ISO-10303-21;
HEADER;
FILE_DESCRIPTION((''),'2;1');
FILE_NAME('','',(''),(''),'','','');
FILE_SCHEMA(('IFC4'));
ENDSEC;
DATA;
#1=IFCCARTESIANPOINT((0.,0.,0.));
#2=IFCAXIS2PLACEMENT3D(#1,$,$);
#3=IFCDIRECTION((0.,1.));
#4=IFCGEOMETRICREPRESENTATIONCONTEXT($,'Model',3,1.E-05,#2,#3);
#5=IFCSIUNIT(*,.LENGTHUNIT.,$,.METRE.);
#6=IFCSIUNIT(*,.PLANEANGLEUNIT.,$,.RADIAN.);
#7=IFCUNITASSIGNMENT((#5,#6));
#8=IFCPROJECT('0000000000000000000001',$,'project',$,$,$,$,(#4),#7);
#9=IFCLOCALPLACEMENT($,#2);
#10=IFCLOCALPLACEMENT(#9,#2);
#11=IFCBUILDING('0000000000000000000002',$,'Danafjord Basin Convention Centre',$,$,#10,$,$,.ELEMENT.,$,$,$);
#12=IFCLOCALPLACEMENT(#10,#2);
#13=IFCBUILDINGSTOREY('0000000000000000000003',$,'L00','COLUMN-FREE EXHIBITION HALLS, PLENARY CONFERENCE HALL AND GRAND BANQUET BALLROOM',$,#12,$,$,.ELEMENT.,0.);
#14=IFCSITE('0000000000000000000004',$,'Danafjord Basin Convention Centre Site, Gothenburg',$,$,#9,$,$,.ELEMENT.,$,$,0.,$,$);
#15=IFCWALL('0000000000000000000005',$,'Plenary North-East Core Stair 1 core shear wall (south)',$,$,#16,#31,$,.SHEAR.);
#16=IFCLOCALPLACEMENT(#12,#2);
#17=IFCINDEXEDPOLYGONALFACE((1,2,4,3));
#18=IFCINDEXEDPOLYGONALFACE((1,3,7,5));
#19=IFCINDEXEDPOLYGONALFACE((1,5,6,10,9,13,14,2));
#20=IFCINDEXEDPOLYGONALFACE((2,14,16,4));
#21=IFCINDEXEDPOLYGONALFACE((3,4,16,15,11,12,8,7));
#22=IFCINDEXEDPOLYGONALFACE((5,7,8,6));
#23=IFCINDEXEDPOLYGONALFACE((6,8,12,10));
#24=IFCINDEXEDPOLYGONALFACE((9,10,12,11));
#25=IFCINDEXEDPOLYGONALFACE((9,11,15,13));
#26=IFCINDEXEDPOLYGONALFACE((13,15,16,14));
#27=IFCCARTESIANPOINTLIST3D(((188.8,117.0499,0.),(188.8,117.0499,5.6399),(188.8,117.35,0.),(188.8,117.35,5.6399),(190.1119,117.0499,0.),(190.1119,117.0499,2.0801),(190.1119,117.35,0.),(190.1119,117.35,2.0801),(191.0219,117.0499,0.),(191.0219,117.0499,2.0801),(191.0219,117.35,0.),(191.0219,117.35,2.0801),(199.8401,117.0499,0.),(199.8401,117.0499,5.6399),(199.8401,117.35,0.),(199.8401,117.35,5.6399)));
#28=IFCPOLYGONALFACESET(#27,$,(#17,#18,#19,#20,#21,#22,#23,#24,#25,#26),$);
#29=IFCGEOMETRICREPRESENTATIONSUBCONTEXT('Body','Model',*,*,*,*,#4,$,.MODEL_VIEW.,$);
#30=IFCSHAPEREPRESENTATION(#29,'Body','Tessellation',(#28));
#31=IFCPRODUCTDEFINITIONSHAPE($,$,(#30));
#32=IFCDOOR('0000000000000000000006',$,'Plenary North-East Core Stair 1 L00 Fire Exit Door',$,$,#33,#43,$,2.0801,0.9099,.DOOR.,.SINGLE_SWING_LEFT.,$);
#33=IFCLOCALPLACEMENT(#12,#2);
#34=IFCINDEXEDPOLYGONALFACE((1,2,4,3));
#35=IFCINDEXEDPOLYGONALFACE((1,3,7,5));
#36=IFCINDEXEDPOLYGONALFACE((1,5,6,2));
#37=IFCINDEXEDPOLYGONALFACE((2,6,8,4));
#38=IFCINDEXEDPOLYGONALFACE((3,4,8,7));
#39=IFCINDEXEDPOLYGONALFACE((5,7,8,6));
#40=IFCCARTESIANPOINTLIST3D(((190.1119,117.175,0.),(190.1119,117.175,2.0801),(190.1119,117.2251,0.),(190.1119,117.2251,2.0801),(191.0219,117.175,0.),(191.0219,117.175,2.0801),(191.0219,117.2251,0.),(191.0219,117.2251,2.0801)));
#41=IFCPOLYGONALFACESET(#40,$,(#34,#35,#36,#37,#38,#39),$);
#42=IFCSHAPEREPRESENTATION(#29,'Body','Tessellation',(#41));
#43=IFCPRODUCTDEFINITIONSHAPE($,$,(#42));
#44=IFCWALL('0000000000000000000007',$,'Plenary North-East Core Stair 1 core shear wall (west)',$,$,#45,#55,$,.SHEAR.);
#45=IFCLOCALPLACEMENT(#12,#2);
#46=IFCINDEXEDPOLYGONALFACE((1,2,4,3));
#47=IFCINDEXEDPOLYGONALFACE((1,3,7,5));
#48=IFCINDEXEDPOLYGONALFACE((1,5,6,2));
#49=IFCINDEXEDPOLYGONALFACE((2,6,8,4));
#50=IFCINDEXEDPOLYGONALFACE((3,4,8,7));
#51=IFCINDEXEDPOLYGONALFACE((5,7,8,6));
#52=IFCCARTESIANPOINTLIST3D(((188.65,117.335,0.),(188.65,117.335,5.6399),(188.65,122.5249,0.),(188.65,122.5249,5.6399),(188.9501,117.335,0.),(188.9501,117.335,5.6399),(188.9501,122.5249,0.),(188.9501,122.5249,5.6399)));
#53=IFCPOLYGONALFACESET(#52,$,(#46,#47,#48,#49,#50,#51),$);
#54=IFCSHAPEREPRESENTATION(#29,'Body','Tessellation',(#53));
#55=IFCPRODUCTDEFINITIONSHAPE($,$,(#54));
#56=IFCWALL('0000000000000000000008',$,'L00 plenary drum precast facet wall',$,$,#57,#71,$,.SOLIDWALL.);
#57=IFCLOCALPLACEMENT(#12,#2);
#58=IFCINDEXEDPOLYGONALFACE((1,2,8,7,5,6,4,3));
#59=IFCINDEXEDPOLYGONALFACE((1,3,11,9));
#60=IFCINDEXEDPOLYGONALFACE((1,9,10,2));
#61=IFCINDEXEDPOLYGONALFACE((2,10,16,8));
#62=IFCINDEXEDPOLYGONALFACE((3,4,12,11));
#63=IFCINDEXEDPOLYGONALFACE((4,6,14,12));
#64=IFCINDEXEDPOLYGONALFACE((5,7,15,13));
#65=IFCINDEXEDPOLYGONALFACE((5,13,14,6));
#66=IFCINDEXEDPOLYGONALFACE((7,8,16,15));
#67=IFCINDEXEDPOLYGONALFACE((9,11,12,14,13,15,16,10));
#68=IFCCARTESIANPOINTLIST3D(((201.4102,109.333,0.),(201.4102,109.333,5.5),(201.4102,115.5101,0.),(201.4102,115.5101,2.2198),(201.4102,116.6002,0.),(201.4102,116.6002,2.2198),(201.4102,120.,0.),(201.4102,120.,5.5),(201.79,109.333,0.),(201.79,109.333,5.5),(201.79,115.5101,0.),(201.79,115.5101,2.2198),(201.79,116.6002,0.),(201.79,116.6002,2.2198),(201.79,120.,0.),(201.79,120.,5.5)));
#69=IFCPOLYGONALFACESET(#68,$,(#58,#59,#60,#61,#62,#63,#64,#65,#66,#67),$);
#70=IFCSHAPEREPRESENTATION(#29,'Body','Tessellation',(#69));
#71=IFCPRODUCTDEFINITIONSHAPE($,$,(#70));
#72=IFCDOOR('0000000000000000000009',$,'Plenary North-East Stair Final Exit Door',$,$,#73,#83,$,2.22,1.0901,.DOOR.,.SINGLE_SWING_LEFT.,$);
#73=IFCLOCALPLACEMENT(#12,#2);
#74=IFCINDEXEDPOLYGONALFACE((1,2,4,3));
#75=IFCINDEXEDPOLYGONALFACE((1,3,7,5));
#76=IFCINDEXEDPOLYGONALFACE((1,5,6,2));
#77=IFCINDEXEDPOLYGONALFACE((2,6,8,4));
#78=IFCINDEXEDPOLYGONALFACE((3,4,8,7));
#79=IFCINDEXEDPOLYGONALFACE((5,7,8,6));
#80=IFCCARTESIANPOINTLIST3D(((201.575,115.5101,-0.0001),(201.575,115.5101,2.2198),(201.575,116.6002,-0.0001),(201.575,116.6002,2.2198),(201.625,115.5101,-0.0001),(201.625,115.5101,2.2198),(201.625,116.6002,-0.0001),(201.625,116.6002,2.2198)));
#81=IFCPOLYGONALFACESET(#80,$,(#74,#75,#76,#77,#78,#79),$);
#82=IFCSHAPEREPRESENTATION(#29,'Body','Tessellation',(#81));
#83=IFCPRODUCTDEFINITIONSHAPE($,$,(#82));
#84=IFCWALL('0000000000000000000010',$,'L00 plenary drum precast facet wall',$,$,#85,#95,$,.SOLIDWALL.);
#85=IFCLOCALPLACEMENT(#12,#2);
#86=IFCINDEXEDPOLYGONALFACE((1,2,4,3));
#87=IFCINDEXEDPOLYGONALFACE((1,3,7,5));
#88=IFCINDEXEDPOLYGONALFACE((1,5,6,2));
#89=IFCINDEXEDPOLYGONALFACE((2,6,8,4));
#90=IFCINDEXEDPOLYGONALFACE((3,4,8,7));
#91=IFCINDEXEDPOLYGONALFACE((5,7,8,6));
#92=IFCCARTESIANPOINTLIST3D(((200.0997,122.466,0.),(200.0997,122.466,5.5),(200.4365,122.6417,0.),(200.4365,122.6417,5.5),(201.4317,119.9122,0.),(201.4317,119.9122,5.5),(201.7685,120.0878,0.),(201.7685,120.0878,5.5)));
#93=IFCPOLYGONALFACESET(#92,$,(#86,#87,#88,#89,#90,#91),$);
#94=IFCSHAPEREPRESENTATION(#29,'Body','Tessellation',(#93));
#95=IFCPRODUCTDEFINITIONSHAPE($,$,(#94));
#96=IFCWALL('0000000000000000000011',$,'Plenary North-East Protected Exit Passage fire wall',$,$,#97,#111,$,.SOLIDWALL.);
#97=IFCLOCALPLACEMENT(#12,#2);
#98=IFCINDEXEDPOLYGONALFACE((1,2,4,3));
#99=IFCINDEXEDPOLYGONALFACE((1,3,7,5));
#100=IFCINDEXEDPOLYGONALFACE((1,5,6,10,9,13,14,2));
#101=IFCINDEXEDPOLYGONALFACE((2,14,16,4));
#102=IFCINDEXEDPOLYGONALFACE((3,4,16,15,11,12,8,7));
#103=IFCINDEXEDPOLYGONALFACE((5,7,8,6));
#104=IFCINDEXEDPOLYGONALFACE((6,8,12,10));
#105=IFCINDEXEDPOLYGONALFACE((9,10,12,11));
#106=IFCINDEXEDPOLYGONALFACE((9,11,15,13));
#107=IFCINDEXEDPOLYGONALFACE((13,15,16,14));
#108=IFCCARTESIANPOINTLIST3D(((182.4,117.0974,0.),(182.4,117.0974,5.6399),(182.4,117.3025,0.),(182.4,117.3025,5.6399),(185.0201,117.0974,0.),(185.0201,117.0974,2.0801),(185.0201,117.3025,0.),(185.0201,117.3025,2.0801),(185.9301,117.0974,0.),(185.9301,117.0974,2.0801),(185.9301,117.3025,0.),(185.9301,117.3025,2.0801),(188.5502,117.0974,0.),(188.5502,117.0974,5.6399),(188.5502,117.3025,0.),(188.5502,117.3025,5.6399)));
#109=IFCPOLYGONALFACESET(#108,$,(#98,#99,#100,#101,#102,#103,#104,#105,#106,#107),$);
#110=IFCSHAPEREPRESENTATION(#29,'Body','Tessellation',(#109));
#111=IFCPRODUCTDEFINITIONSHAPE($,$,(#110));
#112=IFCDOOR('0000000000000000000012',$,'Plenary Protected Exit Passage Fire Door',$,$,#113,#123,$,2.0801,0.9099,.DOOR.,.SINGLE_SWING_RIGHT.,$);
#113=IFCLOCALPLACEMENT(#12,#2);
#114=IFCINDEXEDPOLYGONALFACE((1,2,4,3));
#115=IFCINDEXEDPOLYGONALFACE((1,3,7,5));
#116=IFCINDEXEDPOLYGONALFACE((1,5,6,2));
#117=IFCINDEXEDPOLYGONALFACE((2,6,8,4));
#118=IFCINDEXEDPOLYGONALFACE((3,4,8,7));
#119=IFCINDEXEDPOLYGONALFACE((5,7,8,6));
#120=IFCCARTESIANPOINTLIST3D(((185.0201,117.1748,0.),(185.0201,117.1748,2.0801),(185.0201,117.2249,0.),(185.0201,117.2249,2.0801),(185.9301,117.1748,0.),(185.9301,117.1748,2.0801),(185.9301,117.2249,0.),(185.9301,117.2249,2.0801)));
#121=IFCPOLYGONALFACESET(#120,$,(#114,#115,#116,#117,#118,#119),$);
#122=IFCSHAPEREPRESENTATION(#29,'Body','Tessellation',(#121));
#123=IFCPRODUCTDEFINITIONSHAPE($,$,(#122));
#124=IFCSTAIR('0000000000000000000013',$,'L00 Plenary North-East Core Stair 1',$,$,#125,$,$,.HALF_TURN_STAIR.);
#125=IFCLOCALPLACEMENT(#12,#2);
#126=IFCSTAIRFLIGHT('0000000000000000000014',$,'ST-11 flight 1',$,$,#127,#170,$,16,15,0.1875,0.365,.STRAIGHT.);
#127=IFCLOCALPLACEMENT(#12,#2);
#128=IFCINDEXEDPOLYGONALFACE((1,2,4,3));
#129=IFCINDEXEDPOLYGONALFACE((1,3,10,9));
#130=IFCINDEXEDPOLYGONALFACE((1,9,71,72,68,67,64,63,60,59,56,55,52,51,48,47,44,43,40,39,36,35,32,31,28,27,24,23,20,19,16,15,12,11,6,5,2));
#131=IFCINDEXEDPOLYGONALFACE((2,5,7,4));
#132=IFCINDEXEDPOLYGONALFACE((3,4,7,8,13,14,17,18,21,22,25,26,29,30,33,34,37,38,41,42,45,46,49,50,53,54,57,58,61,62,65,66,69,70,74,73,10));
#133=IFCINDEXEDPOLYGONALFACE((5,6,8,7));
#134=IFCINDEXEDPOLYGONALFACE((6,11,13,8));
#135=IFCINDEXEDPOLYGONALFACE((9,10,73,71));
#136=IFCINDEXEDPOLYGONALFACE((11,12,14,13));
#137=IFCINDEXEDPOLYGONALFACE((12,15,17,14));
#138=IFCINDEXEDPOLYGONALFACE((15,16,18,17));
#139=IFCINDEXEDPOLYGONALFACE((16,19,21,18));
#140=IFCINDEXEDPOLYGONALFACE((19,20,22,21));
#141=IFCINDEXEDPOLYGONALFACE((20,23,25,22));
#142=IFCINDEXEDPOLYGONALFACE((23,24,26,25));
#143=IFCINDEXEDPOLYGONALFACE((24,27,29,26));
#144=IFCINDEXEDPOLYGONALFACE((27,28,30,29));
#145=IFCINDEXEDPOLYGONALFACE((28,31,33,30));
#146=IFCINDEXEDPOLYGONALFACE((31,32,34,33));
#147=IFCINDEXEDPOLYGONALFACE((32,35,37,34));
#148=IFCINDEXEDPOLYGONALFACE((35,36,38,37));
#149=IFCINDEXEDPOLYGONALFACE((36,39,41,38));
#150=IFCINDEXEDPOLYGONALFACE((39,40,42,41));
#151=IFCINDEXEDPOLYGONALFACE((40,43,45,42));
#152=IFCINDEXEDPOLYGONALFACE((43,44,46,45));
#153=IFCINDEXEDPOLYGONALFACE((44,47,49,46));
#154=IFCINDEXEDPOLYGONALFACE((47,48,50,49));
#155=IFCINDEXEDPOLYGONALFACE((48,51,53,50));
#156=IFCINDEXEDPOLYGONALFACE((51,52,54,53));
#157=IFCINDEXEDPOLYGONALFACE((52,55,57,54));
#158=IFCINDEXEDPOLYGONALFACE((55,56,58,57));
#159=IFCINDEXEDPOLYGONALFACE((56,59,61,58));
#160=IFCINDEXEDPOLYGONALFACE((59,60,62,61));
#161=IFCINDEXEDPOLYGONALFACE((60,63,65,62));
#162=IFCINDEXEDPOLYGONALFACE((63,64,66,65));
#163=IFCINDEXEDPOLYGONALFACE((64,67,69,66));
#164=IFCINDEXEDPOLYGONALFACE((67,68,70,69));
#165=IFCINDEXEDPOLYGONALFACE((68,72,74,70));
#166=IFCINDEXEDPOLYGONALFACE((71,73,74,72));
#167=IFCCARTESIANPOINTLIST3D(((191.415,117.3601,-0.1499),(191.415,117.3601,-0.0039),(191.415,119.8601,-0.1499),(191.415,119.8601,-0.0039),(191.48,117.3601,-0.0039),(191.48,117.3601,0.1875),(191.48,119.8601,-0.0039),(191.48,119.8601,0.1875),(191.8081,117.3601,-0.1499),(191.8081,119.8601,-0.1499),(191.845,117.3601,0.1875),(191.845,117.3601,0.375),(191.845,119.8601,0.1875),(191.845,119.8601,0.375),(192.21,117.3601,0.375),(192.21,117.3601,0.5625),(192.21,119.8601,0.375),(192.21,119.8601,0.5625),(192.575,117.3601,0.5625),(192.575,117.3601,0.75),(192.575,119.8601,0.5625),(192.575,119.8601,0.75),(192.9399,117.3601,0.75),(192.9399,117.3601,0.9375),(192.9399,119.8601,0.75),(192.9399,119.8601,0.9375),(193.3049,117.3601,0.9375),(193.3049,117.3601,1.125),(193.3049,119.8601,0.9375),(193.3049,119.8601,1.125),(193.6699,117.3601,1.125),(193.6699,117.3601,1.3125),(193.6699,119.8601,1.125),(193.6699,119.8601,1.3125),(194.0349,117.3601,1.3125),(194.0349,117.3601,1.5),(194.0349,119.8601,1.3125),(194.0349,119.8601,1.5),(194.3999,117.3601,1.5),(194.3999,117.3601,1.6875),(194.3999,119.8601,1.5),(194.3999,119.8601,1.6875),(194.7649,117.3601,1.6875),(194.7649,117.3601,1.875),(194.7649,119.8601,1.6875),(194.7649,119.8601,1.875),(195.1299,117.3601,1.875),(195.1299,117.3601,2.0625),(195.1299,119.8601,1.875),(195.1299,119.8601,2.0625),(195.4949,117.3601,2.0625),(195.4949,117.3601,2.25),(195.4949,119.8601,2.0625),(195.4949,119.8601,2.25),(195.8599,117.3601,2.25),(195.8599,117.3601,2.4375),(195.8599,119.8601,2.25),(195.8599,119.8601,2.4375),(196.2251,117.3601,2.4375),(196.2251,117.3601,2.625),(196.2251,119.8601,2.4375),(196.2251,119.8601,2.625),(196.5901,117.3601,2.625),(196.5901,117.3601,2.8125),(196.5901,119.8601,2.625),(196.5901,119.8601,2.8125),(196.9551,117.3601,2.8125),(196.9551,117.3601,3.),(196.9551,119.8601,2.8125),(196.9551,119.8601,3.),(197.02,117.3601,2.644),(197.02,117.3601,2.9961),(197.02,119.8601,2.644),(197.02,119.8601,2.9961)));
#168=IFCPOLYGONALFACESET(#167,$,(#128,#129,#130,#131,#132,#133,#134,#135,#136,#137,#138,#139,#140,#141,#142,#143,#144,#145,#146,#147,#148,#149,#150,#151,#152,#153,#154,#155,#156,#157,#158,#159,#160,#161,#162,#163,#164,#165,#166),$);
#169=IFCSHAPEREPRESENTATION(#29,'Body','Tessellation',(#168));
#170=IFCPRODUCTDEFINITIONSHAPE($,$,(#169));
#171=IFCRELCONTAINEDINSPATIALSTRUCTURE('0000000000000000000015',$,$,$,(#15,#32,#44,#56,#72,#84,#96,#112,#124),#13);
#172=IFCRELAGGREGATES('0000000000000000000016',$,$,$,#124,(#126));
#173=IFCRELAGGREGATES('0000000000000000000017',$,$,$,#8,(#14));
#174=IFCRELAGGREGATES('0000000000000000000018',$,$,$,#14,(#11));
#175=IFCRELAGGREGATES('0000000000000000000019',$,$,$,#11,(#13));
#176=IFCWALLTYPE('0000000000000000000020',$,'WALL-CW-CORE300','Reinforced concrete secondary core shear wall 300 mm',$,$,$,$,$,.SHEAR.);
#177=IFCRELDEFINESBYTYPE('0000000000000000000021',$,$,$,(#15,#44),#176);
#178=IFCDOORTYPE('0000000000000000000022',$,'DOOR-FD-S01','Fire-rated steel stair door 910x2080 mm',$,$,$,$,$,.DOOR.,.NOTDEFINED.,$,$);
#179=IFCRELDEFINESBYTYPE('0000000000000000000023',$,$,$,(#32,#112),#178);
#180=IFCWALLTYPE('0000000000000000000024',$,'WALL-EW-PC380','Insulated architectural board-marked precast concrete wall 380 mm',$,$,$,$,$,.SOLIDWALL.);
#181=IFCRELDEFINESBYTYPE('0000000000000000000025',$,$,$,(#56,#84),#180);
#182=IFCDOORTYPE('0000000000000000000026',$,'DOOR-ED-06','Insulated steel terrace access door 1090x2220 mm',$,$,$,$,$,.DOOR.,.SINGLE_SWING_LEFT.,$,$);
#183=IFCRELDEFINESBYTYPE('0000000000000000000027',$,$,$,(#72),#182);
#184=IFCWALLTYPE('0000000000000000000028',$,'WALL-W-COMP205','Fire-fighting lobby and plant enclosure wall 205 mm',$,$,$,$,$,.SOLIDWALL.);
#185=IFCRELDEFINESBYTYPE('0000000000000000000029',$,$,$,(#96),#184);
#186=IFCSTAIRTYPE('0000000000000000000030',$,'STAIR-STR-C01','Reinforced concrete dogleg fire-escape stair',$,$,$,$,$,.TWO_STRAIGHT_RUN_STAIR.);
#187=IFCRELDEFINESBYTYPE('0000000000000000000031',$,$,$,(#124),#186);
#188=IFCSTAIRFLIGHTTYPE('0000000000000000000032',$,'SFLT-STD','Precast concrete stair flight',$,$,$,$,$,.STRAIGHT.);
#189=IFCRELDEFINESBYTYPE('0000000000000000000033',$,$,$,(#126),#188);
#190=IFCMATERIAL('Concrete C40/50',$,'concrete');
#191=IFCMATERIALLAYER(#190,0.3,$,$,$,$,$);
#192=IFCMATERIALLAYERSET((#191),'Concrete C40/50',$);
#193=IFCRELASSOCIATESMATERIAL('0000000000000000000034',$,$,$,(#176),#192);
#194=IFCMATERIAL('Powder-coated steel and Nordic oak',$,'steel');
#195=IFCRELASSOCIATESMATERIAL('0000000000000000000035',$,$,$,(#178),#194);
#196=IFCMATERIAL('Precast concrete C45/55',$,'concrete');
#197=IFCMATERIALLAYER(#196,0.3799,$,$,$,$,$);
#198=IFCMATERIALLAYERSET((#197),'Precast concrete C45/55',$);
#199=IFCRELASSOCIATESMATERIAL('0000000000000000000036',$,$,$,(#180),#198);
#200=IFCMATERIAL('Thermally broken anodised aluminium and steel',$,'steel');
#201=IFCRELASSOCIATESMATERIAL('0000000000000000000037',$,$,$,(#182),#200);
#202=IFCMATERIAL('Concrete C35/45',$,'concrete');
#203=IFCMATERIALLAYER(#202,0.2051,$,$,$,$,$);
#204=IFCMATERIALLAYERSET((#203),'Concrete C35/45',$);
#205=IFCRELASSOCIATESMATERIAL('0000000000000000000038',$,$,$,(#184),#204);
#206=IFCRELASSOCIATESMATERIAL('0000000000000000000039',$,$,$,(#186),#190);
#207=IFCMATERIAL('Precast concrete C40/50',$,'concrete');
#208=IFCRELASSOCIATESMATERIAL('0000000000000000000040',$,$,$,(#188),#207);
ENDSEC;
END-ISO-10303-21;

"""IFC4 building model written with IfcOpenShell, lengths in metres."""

from ifc_helpers import new_model, si_unit, direction, frame, frame_2d, origin, place, context, subcontext, project, spatial, polyline, rectangle, outline, extrude, material, layer, layer_set, type_object, element, fill, aggregate, save


model = new_model("IFC4")

# Units and contexts
model_context = context("Model", 3, precision=1e-05, world=origin(), true_north=direction((0.0, 1.0)))
body_context = subcontext(model_context, "Body", "Model", "MODEL_VIEW")
ifc_project = project(units=[si_unit("LENGTHUNIT", "METRE"), si_unit("PLANEANGLEUNIT", "RADIAN")], contexts=[model_context])

# Site, building, storey
site_placement = place(None, origin())
site = spatial("IfcSite", under=ifc_project, at=site_placement, Name="Danafjord Basin Convention Centre Site, Gothenburg", CompositionType="ELEMENT", RefElevation=0.0)
building_placement = place(site_placement, origin())
building = spatial("IfcBuilding", under=site, at=building_placement, Name="Danafjord Basin Convention Centre", CompositionType="ELEMENT")
storey_placement = place(building_placement, origin())
storey = spatial("IfcBuildingStorey", under=building, at=storey_placement, Name="L00", Description="COLUMN-FREE EXHIBITION HALLS, PLENARY CONFERENCE HALL AND GRAND BANQUET BALLROOM", CompositionType="ELEMENT", Elevation=0.0)

# Shared definitions
ifc_material_1 = material(Name="Concrete C35/45", Category="concrete")

# Wall, opening, door
ifc_material_2 = material(Name="Concrete C40/50", Category="concrete")
ifc_layer_1 = layer(ifc_material_2, 0.3)
ifc_layer_set_1 = layer_set([ifc_layer_1], Name="Concrete C40/50")
wall_type_1 = type_object("IfcWallType", Name="WALL-CW-CORE300", Description="Reinforced concrete secondary core shear wall 300 mm", PredefinedType="SHEAR", material=ifc_layer_set_1)
wall_1_placement = place(storey_placement, frame((199.8401, 117.2, 0.0), z_axis=(0.0, 0.0, 1.0), x_axis=(-1.0, 0.0, 0.0)))
wall_1 = element("IfcWall", 1, at=wall_1_placement, inside=storey, type_object=wall_type_1, Name="Plenary North-East Core Stair 1 core shear wall (south)", PredefinedType="SHEAR", context=body_context, shape_type="SweptSolid", body=[
    extrude(rectangle(XDim=11.04, YDim=0.3, at=frame_2d((5.52, 0.0))), origin(), (0.0, 0.0, 1.0), 5.6399),
])
opening_1_placement = place(wall_1_placement, frame((8.8181, 0.0, 0.0)))
opening_1 = element("IfcOpeningElement", 2, at=opening_1_placement, cuts=wall_1, PredefinedType="OPENING", context=body_context, shape_type="SweptSolid", body=[
    extrude(rectangle(XDim=0.9099, YDim=2.0801, at=frame_2d((0.4551, 1.04))), frame((0.0, 0.1599, 0.0), z_axis=(0.0, -1.0, 0.0), x_axis=(1.0, 0.0, 0.0)), (0.0, 0.0, 1.0), 0.3201),
])
ifc_material_3 = material(Name="Powder-coated steel and Nordic oak", Category="steel")
door_type_1 = type_object("IfcDoorType", Name="DOOR-FD-S01", Description="Fire-rated steel stair door 910x2080 mm", OperationType="NOTDEFINED", PredefinedType="DOOR", material=ifc_material_3)
door_1_placement = place(opening_1_placement, origin())
door_1 = element("IfcDoor", 3, at=door_1_placement, inside=storey, type_object=door_type_1, Name="Plenary North-East Core Stair 1 L00 Fire Exit Door", OperationType="SINGLE_SWING_LEFT", OverallHeight=2.0801, OverallWidth=0.9099, PredefinedType="DOOR", context=body_context, shape_type="SweptSolid", body=[
    extrude(rectangle(XDim=0.9099, YDim=2.0801, at=frame_2d((0.4551, 1.04))), frame((0.0, 0.0249, 0.0), z_axis=(0.0, -1.0, 0.0), x_axis=(1.0, 0.0, 0.0)), (0.0, 0.0, 1.0), 0.05),
])
fill(opening_1, door_1)

# Wall
wall_2_placement = place(storey_placement, frame((188.8, 117.335, 0.0), z_axis=(0.0, 0.0, 1.0), x_axis=(0.0, 1.0, 0.0)))
element("IfcWall", 4, at=wall_2_placement, inside=storey, type_object=wall_type_1, Name="Plenary North-East Core Stair 1 core shear wall (west)", PredefinedType="SHEAR", context=body_context, shape_type="SweptSolid", body=[
    extrude(rectangle(XDim=5.1899, YDim=0.3, at=frame_2d((2.595, 0.0))), origin(), (0.0, 0.0, 1.0), 5.6399),
])

# Wall, opening, door
ifc_material_4 = material(Name="Precast concrete C45/55", Category="concrete")
ifc_layer_2 = layer(ifc_material_4, 0.3799)
ifc_layer_set_2 = layer_set([ifc_layer_2], Name="Precast concrete C45/55")
wall_type_2 = type_object("IfcWallType", Name="WALL-EW-PC380", Description="Insulated architectural board-marked precast concrete wall 380 mm", PredefinedType="SOLIDWALL", material=ifc_layer_set_2)
wall_3_placement = place(storey_placement, frame((201.6001, 120.0, 0.0), z_axis=(0.0, 0.0, 1.0), x_axis=(0.0, -1.0, 0.0)))
wall_3 = element("IfcWall", 5, at=wall_3_placement, inside=storey, type_object=wall_type_2, Name="L00 plenary drum precast facet wall", PredefinedType="SOLIDWALL", context=body_context, shape_type="SweptSolid", body=[
    extrude(rectangle(XDim=10.667, YDim=0.3799, at=frame_2d((5.3335, 0.0))), origin(), (0.0, 0.0, 1.0), 5.5),
])
opening_2_placement = place(wall_3_placement, frame((3.3999, 0.0, 0.0)))
opening_2 = element("IfcOpeningElement", 6, at=opening_2_placement, cuts=wall_3, PredefinedType="OPENING", context=body_context, shape_type="SweptSolid", body=[
    extrude(rectangle(XDim=1.0901, YDim=2.22, at=frame_2d((0.5449, 1.1099))), frame((0.0, 0.2, 0.0), z_axis=(0.0, -1.0, 0.0), x_axis=(1.0, 0.0, 0.0)), (0.0, 0.0, 1.0), 0.3999),
])
ifc_material_5 = material(Name="Thermally broken anodised aluminium and steel", Category="steel")
door_type_2 = type_object("IfcDoorType", Name="DOOR-ED-06", Description="Insulated steel terrace access door 1090x2220 mm", OperationType="SINGLE_SWING_LEFT", PredefinedType="DOOR", material=ifc_material_5)
door_2_placement = place(opening_2_placement, origin())
door_2 = element("IfcDoor", 7, at=door_2_placement, inside=storey, type_object=door_type_2, Name="Plenary North-East Stair Final Exit Door", OperationType="SINGLE_SWING_LEFT", OverallHeight=2.22, OverallWidth=1.0901, PredefinedType="DOOR", context=body_context, shape_type="SweptSolid", body=[
    extrude(rectangle(XDim=1.0901, YDim=2.22, at=frame_2d((0.5449, 1.1099))), frame((0.0, 0.0249, 0.0), z_axis=(0.0, -1.0, 0.0), x_axis=(1.0, 0.0, 0.0)), (0.0, 0.0, 1.0), 0.05),
])
fill(opening_2, door_2)

# Wall
wall_4_placement = place(storey_placement, frame((201.6001, 120.0, 0.0), z_axis=(0.0, 0.0, 1.0), x_axis=(-0.462439, 0.886651, 0.0)))
element("IfcWall", 8, at=wall_4_placement, inside=storey, type_object=wall_type_2, Name="L00 plenary drum precast facet wall", PredefinedType="SOLIDWALL", context=body_context, shape_type="SweptSolid", body=[
    extrude(rectangle(XDim=2.8804, YDim=0.3799, at=frame_2d((1.4402, 0.0))), origin(), (0.0, 0.0, 1.0), 5.5),
])

# Wall, opening, door
ifc_layer_3 = layer(ifc_material_1, 0.2051)
ifc_layer_set_3 = layer_set([ifc_layer_3], Name="Concrete C35/45")
wall_type_3 = type_object("IfcWallType", Name="WALL-W-COMP205", Description="Fire-fighting lobby and plant enclosure wall 205 mm", PredefinedType="SOLIDWALL", material=ifc_layer_set_3)
wall_5_placement = place(storey_placement, frame((182.3999, 117.2, 0.0), z_axis=(0.0, 0.0, 1.0), x_axis=(1.0, 0.0, 0.0)))
wall_5 = element("IfcWall", 9, at=wall_5_placement, inside=storey, type_object=wall_type_3, Name="Plenary North-East Protected Exit Passage fire wall", PredefinedType="SOLIDWALL", context=body_context, shape_type="SweptSolid", body=[
    extrude(rectangle(XDim=6.1501, YDim=0.2051, at=frame_2d((3.0752, 0.0))), origin(), (0.0, 0.0, 1.0), 5.6399),
])
opening_3_placement = place(wall_5_placement, frame((2.6201, 0.0, 0.0)))
opening_3 = element("IfcOpeningElement", 10, at=opening_3_placement, cuts=wall_5, PredefinedType="OPENING", context=body_context, shape_type="SweptSolid", body=[
    extrude(rectangle(XDim=0.9099, YDim=2.0801, at=frame_2d((0.4551, 1.04))), frame((0.0, 0.1125, 0.0), z_axis=(0.0, -1.0, 0.0), x_axis=(1.0, 0.0, 0.0)), (0.0, 0.0, 1.0), 0.2251),
])
door_3_placement = place(opening_3_placement, origin())
door_3 = element("IfcDoor", 11, at=door_3_placement, inside=storey, type_object=door_type_1, Name="Plenary Protected Exit Passage Fire Door", OperationType="SINGLE_SWING_RIGHT", OverallHeight=2.0801, OverallWidth=0.9099, PredefinedType="DOOR", context=body_context, shape_type="SweptSolid", body=[
    extrude(rectangle(XDim=0.9099, YDim=2.0801, at=frame_2d((0.4551, 1.04))), frame((0.0, 0.0249, 0.0), z_axis=(0.0, -1.0, 0.0), x_axis=(1.0, 0.0, 0.0)), (0.0, 0.0, 1.0), 0.05),
])
fill(opening_3, door_3)

# Stair, stair flight
stair_type = type_object("IfcStairType", Name="STAIR-STR-C01", Description="Reinforced concrete dogleg fire-escape stair", PredefinedType="TWO_STRAIGHT_RUN_STAIR", material=ifc_material_2)
stair_placement = place(storey_placement, origin())
stair = element("IfcStair", 12, at=stair_placement, inside=storey, type_object=stair_type, Name="L00 Plenary North-East Core Stair 1", PredefinedType="HALF_TURN_STAIR")
ifc_material_6 = material(Name="Precast concrete C40/50", Category="concrete")
stair_flight_type = type_object("IfcStairFlightType", Name="SFLT-STD", Description="Precast concrete stair flight", PredefinedType="STRAIGHT", material=ifc_material_6)
stair_flight_placement = place(storey_placement, frame((191.48, 118.6101, 0.0), z_axis=(0.0, 0.0, 1.0), x_axis=(1.0, 0.0, 0.0)))
stair_flight = element("IfcStairFlight", 13, at=stair_flight_placement, type_object=stair_flight_type, Name="ST-11 flight 1", NumberOfRisers=16, NumberOfTreads=15, PredefinedType="STRAIGHT", RiserHeight=0.1875, TreadLength=0.365, context=body_context, shape_type="SweptSolid", body=[
    extrude(outline(polyline([(-0.0649, -0.1499), (-0.0649, -0.0039), (0.0, -0.0039), (0.0, 0.1875), (0.365, 0.1875), (0.365, 0.375), (0.73, 0.375), (0.73, 0.5625), (1.095, 0.5625), (1.095, 0.75), (1.46, 0.75), (1.46, 0.9375), (1.825, 0.9375), (1.825, 1.125), (2.1899, 1.125), (2.1899, 1.3125), (2.5549, 1.3125), (2.5549, 1.5), (2.9199, 1.5), (2.9199, 1.6875), (3.2849, 1.6875), (3.2849, 1.875), (3.6499, 1.875), (3.6499, 2.0625), (4.0149, 2.0625), (4.0149, 2.25), (4.3799, 2.25), (4.3799, 2.4375), (4.7451, 2.4375), (4.7451, 2.625), (5.1101, 2.625), (5.1101, 2.8125), (5.4751, 2.8125), (5.4751, 3.0), (5.54, 2.9961), (5.54, 2.644), (0.3281, -0.1499), (-0.0649, -0.1499)])), frame((0.0, 1.25, 0.0), z_axis=(0.0, -1.0, 0.0), x_axis=(1.0, 0.0, 0.0)), (0.0, 0.0, 1.0), 2.5),
])
aggregate(stair, [stair_flight])

save(model, "model.ifc")
